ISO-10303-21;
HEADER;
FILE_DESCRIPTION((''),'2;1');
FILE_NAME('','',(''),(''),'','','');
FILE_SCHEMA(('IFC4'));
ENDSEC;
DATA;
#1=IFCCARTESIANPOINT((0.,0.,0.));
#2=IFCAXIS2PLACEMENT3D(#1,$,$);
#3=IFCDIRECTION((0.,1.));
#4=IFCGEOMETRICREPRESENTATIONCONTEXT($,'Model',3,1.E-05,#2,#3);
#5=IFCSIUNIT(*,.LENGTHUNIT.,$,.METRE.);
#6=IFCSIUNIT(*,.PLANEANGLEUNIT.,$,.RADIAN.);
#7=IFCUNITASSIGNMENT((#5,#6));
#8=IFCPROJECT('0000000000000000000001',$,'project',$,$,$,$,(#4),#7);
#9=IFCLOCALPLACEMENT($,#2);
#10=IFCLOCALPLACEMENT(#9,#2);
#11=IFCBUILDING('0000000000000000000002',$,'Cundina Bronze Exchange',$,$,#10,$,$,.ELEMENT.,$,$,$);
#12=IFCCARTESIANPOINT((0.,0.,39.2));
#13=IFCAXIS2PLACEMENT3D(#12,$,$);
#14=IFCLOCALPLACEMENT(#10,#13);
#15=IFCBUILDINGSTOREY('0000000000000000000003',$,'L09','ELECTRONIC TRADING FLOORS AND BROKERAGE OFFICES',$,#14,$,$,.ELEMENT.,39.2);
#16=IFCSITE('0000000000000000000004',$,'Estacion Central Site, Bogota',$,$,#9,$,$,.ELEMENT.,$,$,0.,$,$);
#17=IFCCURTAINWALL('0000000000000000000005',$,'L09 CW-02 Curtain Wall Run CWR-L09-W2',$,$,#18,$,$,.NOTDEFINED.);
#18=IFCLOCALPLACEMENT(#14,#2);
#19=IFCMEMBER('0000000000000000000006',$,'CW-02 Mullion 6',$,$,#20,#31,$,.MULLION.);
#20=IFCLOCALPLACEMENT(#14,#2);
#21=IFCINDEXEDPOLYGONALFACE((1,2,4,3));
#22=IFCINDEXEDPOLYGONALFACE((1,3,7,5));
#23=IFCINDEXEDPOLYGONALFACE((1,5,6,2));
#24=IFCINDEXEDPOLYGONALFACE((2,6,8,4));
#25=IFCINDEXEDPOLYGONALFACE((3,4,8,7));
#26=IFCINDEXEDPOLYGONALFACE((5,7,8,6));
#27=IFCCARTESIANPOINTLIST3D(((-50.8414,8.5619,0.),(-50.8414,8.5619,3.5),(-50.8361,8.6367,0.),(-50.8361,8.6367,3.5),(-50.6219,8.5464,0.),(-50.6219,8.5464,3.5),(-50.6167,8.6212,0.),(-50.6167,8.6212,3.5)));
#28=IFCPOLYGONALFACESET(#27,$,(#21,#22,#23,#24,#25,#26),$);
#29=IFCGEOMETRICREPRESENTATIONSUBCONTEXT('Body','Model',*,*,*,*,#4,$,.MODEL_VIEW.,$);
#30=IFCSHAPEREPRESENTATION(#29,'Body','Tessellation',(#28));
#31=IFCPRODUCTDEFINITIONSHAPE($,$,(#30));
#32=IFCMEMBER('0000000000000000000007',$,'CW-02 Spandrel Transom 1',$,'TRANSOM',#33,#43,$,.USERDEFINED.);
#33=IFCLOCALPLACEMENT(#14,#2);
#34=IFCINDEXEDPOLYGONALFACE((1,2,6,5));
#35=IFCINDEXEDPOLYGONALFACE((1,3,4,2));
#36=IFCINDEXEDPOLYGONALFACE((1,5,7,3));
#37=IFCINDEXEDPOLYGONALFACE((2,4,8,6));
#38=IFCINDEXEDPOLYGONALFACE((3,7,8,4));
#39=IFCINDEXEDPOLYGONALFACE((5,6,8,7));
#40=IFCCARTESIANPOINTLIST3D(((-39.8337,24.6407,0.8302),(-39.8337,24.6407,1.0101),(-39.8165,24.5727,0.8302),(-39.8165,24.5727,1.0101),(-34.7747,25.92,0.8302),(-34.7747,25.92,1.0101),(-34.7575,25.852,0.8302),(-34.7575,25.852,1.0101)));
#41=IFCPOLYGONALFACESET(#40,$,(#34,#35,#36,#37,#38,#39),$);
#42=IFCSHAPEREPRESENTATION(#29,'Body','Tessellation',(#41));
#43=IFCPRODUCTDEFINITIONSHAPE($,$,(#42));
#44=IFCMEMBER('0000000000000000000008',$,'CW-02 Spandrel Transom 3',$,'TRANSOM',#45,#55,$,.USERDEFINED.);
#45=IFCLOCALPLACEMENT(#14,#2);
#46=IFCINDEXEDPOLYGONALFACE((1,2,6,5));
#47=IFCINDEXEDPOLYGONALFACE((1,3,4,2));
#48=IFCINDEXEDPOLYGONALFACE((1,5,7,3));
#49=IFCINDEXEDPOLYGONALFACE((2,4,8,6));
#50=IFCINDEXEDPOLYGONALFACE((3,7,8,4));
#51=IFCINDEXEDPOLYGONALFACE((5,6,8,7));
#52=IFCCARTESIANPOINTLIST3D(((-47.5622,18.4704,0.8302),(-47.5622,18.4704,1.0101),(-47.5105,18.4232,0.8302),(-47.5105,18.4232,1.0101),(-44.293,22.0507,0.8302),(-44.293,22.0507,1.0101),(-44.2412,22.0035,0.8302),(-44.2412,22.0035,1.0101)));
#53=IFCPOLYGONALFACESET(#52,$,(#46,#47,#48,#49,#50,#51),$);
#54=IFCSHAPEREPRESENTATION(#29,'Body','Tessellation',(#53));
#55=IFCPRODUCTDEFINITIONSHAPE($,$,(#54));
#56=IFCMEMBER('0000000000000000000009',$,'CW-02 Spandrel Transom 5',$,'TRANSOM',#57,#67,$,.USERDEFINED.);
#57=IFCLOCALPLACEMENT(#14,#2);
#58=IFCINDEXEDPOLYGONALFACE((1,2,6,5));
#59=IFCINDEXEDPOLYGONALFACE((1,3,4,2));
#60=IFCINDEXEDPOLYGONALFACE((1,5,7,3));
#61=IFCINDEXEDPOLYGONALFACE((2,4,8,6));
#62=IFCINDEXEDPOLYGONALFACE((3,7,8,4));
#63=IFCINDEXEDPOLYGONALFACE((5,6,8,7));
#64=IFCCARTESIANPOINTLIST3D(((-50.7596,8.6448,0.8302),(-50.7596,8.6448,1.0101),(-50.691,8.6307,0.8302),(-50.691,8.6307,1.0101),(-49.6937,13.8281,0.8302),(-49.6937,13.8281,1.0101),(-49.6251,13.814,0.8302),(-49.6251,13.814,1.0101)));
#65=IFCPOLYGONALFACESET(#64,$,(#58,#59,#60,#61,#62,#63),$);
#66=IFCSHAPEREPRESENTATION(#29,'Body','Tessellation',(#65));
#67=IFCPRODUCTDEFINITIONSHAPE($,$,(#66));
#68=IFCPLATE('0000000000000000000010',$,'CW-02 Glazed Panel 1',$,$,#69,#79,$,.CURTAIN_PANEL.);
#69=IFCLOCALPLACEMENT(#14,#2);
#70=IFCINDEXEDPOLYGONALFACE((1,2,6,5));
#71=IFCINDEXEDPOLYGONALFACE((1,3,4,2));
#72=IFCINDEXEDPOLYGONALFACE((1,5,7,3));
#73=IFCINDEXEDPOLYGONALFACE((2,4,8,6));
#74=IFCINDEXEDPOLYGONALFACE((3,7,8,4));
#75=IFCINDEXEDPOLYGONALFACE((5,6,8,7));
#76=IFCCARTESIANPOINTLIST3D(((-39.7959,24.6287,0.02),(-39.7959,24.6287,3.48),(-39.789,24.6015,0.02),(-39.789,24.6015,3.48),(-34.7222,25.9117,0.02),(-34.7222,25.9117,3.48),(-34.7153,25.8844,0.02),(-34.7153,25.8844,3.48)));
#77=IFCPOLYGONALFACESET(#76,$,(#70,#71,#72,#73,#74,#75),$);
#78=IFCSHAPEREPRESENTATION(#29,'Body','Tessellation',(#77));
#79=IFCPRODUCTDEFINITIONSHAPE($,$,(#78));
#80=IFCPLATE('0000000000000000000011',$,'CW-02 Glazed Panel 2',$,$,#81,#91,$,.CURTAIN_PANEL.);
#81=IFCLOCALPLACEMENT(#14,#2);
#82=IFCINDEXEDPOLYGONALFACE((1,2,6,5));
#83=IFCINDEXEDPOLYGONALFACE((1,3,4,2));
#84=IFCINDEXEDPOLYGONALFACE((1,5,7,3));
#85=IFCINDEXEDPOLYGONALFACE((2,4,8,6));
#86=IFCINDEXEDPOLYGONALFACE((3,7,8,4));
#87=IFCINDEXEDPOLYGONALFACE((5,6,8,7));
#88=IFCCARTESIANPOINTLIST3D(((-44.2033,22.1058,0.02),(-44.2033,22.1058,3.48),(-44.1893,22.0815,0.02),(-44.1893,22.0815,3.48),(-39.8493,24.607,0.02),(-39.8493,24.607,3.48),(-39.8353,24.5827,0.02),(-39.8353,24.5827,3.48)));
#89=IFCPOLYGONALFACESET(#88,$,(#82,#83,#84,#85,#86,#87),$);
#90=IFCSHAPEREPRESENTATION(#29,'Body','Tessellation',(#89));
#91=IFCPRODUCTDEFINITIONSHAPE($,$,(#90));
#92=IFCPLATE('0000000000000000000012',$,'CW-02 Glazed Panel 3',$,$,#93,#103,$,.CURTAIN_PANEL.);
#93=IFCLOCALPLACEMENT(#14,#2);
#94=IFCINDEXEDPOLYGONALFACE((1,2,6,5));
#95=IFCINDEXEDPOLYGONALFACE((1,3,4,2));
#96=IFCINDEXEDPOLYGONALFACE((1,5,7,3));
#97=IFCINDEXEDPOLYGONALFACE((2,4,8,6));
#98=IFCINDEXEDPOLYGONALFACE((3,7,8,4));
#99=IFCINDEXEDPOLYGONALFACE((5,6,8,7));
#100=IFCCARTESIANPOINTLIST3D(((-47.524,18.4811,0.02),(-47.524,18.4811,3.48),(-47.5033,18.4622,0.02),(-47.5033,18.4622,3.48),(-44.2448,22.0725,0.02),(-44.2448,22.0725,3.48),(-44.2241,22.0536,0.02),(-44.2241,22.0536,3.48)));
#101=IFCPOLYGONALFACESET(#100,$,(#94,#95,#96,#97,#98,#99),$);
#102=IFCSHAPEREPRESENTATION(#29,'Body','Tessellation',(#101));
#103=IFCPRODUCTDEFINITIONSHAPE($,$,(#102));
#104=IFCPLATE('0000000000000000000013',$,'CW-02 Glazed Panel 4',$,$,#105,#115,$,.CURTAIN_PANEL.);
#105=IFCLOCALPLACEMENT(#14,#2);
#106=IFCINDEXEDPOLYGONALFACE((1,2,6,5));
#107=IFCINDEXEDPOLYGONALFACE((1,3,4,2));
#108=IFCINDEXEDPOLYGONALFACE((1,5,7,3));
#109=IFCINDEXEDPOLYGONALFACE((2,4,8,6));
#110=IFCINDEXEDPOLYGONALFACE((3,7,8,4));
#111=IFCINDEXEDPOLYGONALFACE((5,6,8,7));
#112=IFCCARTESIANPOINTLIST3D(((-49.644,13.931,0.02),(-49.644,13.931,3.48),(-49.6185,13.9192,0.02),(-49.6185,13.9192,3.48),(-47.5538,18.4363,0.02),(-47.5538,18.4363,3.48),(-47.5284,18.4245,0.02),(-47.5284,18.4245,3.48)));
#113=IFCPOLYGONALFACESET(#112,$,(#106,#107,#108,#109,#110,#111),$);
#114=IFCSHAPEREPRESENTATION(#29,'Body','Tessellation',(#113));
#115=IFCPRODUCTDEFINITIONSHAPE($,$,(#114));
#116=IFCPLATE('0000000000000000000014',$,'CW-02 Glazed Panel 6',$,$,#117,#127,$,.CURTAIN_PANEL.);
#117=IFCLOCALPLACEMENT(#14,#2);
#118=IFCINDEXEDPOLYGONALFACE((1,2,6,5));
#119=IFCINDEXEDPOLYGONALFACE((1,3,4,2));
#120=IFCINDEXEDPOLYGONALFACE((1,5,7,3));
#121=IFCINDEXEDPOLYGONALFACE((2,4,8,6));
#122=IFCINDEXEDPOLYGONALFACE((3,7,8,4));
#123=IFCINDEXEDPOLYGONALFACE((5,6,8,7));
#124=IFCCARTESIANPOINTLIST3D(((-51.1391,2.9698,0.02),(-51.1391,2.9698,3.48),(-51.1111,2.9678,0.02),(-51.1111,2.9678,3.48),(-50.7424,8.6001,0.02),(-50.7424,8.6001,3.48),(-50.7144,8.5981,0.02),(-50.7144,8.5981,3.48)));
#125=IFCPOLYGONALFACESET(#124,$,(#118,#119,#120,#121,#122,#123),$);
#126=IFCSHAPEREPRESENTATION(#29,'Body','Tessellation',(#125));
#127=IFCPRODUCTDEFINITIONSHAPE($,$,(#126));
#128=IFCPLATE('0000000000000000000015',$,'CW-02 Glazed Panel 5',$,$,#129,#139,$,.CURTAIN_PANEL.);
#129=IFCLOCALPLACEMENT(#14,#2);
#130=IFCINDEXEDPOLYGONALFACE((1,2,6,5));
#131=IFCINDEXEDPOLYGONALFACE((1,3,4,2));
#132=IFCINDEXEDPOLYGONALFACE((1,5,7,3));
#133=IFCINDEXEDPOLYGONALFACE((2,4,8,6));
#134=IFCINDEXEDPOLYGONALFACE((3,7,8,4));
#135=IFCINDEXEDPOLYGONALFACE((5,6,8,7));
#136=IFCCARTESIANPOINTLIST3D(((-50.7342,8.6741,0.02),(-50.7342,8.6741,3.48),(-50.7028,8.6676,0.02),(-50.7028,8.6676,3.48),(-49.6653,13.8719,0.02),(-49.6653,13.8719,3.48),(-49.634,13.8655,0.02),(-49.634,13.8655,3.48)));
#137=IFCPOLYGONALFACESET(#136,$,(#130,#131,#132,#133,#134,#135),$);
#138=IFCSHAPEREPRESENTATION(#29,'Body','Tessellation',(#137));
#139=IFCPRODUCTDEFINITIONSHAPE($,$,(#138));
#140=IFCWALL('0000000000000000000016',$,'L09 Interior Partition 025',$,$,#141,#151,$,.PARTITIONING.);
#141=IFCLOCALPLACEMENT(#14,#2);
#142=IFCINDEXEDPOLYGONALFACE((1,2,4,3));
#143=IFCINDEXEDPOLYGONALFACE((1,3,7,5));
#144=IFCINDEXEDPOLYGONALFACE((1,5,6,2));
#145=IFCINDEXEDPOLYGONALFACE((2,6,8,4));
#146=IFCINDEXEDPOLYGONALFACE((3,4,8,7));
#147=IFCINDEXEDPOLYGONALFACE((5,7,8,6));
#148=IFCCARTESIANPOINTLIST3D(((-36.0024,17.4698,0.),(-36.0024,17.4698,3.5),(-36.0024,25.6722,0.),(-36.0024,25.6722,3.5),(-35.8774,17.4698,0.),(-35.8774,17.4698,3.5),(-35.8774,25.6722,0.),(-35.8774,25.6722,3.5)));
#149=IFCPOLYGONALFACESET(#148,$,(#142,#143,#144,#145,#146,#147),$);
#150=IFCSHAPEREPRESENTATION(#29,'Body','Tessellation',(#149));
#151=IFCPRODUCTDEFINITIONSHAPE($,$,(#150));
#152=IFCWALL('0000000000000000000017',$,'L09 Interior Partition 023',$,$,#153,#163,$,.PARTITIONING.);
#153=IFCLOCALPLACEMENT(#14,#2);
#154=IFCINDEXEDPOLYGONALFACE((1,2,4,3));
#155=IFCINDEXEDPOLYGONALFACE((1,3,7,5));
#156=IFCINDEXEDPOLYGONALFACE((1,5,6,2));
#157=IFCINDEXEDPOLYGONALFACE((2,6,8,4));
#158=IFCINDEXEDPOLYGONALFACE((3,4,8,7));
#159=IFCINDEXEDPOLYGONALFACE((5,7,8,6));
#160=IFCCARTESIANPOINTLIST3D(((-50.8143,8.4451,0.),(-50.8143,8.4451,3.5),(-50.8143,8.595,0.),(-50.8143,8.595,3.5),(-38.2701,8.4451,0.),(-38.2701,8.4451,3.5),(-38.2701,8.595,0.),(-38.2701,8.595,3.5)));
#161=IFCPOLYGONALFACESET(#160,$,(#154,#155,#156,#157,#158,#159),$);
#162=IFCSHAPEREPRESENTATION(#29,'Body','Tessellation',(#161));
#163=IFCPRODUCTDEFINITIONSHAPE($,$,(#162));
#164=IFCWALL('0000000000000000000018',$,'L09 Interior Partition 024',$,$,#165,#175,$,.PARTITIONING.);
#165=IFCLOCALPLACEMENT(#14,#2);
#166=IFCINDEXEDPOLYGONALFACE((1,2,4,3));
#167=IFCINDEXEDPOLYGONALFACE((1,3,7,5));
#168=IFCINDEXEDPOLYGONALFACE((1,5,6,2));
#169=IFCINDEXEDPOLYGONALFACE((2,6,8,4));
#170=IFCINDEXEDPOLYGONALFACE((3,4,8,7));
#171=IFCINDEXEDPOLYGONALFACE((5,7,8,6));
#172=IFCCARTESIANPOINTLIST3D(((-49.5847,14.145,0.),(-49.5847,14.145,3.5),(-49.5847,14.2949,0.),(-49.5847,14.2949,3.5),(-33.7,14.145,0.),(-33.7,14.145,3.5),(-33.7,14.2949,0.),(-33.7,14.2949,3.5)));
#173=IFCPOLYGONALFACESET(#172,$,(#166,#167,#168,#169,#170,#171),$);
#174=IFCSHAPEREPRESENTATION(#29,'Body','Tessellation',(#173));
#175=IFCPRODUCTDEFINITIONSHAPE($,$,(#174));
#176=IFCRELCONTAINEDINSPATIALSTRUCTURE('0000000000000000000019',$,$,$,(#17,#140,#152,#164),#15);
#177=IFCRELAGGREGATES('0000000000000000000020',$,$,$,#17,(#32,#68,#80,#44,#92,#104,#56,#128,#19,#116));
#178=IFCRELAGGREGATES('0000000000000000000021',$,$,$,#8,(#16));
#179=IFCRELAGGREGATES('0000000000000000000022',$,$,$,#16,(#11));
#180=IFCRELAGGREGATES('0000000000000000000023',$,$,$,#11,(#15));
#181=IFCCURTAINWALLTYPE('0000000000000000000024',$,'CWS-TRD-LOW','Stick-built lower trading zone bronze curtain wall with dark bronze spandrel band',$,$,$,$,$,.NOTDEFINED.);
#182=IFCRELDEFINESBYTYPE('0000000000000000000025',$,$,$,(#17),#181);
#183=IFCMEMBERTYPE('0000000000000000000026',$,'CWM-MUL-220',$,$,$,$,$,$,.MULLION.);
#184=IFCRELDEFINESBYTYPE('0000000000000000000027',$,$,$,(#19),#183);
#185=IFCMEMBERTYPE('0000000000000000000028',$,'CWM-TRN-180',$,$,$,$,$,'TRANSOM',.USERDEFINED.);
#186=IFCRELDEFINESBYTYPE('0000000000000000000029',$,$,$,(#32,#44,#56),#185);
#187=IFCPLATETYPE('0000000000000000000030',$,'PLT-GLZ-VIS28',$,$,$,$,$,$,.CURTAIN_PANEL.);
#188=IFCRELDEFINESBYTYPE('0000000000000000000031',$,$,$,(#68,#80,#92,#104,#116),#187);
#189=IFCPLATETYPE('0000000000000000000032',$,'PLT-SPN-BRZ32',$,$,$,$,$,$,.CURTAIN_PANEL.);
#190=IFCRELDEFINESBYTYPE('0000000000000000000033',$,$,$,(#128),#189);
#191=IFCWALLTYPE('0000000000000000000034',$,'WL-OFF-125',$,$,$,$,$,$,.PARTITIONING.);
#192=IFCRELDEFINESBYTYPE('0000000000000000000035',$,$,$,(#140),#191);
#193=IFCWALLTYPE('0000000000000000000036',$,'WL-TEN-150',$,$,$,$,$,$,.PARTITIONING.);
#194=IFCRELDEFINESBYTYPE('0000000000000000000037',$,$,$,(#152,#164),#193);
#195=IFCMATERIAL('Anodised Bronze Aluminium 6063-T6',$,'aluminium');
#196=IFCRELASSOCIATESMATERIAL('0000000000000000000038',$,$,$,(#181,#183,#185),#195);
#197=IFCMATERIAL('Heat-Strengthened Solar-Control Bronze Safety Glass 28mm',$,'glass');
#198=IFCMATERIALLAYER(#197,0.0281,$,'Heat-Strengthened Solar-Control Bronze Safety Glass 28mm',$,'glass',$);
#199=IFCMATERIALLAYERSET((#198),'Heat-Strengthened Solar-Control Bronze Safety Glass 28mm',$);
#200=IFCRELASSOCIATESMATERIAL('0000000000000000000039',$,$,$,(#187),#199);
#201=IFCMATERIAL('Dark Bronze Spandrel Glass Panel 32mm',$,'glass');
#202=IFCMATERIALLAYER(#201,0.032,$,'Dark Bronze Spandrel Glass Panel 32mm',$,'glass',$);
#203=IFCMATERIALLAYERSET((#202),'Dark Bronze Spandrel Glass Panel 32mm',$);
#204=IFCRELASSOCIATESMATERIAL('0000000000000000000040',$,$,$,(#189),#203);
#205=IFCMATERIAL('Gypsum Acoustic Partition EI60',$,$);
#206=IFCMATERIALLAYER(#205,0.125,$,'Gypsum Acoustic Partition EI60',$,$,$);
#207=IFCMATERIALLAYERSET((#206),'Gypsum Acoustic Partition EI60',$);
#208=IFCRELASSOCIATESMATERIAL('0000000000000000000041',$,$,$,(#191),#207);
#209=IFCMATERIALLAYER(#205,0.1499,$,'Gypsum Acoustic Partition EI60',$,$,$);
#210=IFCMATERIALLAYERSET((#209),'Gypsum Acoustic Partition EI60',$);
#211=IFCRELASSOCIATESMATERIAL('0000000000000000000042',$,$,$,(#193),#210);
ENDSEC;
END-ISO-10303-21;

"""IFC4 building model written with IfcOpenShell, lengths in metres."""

from ifc_helpers import new_model, si_unit, direction, frame, frame_2d, origin, origin_2d, place, context, subcontext, project, spatial, rectangle, extrude, material, layer, layer_set, material_profile, profile_set, type_object, element, aggregate, save


model = new_model("IFC4")

# Units and contexts
model_context = context("Model", 3, precision=1e-05, world=origin(), true_north=direction((0.0, 1.0)))
body_context = subcontext(model_context, "Body", "Model", "MODEL_VIEW")
ifc_project = project(units=[si_unit("LENGTHUNIT", "METRE"), si_unit("PLANEANGLEUNIT", "RADIAN")], contexts=[model_context])

# Site, building, storey
site_placement = place(None, origin())
site = spatial("IfcSite", under=ifc_project, at=site_placement, Name="Estacion Central Site, Bogota", CompositionType="ELEMENT", RefElevation=0.0)
building_placement = place(site_placement, origin())
building = spatial("IfcBuilding", under=site, at=building_placement, Name="Cundina Bronze Exchange", CompositionType="ELEMENT")
storey_placement = place(building_placement, frame((0.0, 0.0, 39.2)))
storey = spatial("IfcBuildingStorey", under=building, at=storey_placement, Name="L09", Description="ELECTRONIC TRADING FLOORS AND BROKERAGE OFFICES", CompositionType="ELEMENT", Elevation=39.2)

# Curtain wall, members, plates
ifc_material_1 = material(Name="Anodised Bronze Aluminium 6063-T6", Category="aluminium")
curtain_wall_type = type_object("IfcCurtainWallType", Name="CWS-TRD-LOW", Description="Stick-built lower trading zone bronze curtain wall with dark bronze spandrel band", PredefinedType="NOTDEFINED", material=ifc_material_1)
curtain_wall_placement = place(storey_placement, origin())
curtain_wall = element("IfcCurtainWall", 1, at=curtain_wall_placement, inside=storey, type_object=curtain_wall_type, Name="L09 CW-02 Curtain Wall Run CWR-L09-W2", PredefinedType="NOTDEFINED")
ifc_material_profile_1 = material_profile(ifc_material_1, rectangle(XDim=0.075, YDim=0.22, at=origin_2d()), Name="AL75X220", Category="aluminium")
ifc_profile_set_1 = profile_set([ifc_material_profile_1], Name="Anodised Bronze Aluminium 6063-T6")
member_type_1 = type_object("IfcMemberType", Name="CWM-MUL-220", PredefinedType="MULLION", material=ifc_profile_set_1)
member_1_placement = place(storey_placement, frame((-50.729, 8.5916, 0.0), z_axis=(0.0, 0.0, 1.0), x_axis=(-0.070279, -0.997527, 0.0)))
member_1 = element("IfcMember", 2, at=member_1_placement, type_object=member_type_1, Name="CW-02 Mullion 6", PredefinedType="MULLION", context=body_context, shape_type="SweptSolid", body=[
    extrude(rectangle(XDim=0.075, YDim=0.22, at=origin_2d()), origin(), (0.0, 0.0, 1.0), 3.5),
])
ifc_material_profile_2 = material_profile(ifc_material_1, rectangle(XDim=0.0701, YDim=0.1799, at=origin_2d()), Name="AL70X180", Category="aluminium")
ifc_profile_set_2 = profile_set([ifc_material_profile_2], Name="Anodised Bronze Aluminium 6063-T6")
member_type_2 = type_object("IfcMemberType", Name="CWM-TRN-180", ElementType="TRANSOM", PredefinedType="USERDEFINED", material=ifc_profile_set_2)
member_2_placement = place(storey_placement, frame((-34.7661, 25.886, 0.9202), z_axis=(-0.969484, -0.245155, 0.0), x_axis=(0.245155, -0.969484, 0.0)))
member_2 = element("IfcMember", 3, at=member_2_placement, type_object=member_type_2, Name="CW-02 Spandrel Transom 1", ObjectType="TRANSOM", PredefinedType="USERDEFINED", context=body_context, shape_type="SweptSolid", body=[
    extrude(rectangle(XDim=0.0701, YDim=0.1799, at=origin_2d()), origin(), (0.0, 0.0, 1.0), 5.2183),
])
member_3_placement = place(storey_placement, frame((-44.2671, 22.0271, 0.9202), z_axis=(-0.674303, -0.738455, 0.0), x_axis=(0.738455, -0.674303, 0.0)))
member_3 = element("IfcMember", 4, at=member_3_placement, type_object=member_type_2, Name="CW-02 Spandrel Transom 3", ObjectType="TRANSOM", PredefinedType="USERDEFINED", context=body_context, shape_type="SweptSolid", body=[
    extrude(rectangle(XDim=0.0701, YDim=0.1799, at=origin_2d()), origin(), (0.0, 0.0, 1.0), 4.8484),
])
member_4_placement = place(storey_placement, frame((-49.6594, 13.821, 0.9202), z_axis=(-0.201428, -0.979503, 0.0), x_axis=(0.979503, -0.201428, 0.0)))
member_4 = element("IfcMember", 5, at=member_4_placement, type_object=member_type_2, Name="CW-02 Spandrel Transom 5", ObjectType="TRANSOM", PredefinedType="USERDEFINED", context=body_context, shape_type="SweptSolid", body=[
    extrude(rectangle(XDim=0.0701, YDim=0.1799, at=origin_2d()), origin(), (0.0, 0.0, 1.0), 5.2917),
])
ifc_material_2 = material(Name="Heat-Strengthened Solar-Control Bronze Safety Glass 28mm", Category="glass")
ifc_layer_1 = layer(ifc_material_2, 0.0281, Name="Heat-Strengthened Solar-Control Bronze Safety Glass 28mm", Category="glass")
ifc_layer_set_1 = layer_set([ifc_layer_1], Name="Heat-Strengthened Solar-Control Bronze Safety Glass 28mm")
plate_type_1 = type_object("IfcPlateType", Name="PLT-GLZ-VIS28", PredefinedType="CURTAIN_PANEL", material=ifc_layer_set_1)
plate_1_placement = place(storey_placement, frame((-37.2556, 25.2566, 0.02), z_axis=(0.0, 0.0, 1.0), x_axis=(-0.969488, -0.245138, 0.0)))
plate_1 = element("IfcPlate", 6, at=plate_1_placement, type_object=plate_type_1, Name="CW-02 Glazed Panel 1", PredefinedType="CURTAIN_PANEL", context=body_context, shape_type="SweptSolid", body=[
    extrude(rectangle(XDim=5.2334, YDim=0.0281, at=origin_2d()), origin(), (0.0, 0.0, 1.0), 3.46),
])
plate_2_placement = place(storey_placement, frame((-42.0193, 23.3442, 0.02), z_axis=(0.0, 0.0, 1.0), x_axis=(-0.867105, -0.498125, 0.0)))
plate_2 = element("IfcPlate", 7, at=plate_2_placement, type_object=plate_type_1, Name="CW-02 Glazed Panel 2", PredefinedType="CURTAIN_PANEL", context=body_context, shape_type="SweptSolid", body=[
    extrude(rectangle(XDim=5.0212, YDim=0.0281, at=origin_2d()), origin(), (0.0, 0.0, 1.0), 3.46),
])
plate_3_placement = place(storey_placement, frame((-45.874, 20.2673, 0.02), z_axis=(0.0, 0.0, 1.0), x_axis=(-0.674277, -0.738479, 0.0)))
plate_3 = element("IfcPlate", 8, at=plate_3_placement, type_object=plate_type_1, Name="CW-02 Glazed Panel 3", PredefinedType="CURTAIN_PANEL", context=body_context, shape_type="SweptSolid", body=[
    extrude(rectangle(XDim=4.8633, YDim=0.0281, at=origin_2d()), origin(), (0.0, 0.0, 1.0), 3.46),
])
plate_4_placement = place(storey_placement, frame((-48.5862, 16.1777, 0.02), z_axis=(0.0, 0.0, 1.0), x_axis=(-0.420846, -0.907132, 0.0)))
plate_4 = element("IfcPlate", 9, at=plate_4_placement, type_object=plate_type_1, Name="CW-02 Glazed Panel 4", PredefinedType="CURTAIN_PANEL", context=body_context, shape_type="SweptSolid", body=[
    extrude(rectangle(XDim=4.9666, YDim=0.0281, at=origin_2d()), origin(), (0.0, 0.0, 1.0), 3.46),
])
plate_5_placement = place(storey_placement, frame((-50.9268, 5.7839, 0.02), z_axis=(0.0, 0.0, 1.0), x_axis=(-0.070279, -0.997527, 0.0)))
plate_5 = element("IfcPlate", 10, at=plate_5_placement, type_object=plate_type_1, Name="CW-02 Glazed Panel 6", PredefinedType="CURTAIN_PANEL", context=body_context, shape_type="SweptSolid", body=[
    extrude(rectangle(XDim=5.6443, YDim=0.0281, at=origin_2d()), origin(), (0.0, 0.0, 1.0), 3.46),
])
ifc_material_3 = material(Name="Dark Bronze Spandrel Glass Panel 32mm", Category="glass")
ifc_layer_2 = layer(ifc_material_3, 0.032, Name="Dark Bronze Spandrel Glass Panel 32mm", Category="glass")
ifc_layer_set_2 = layer_set([ifc_layer_2], Name="Dark Bronze Spandrel Glass Panel 32mm")
plate_type_2 = type_object("IfcPlateType", Name="PLT-SPN-BRZ32", PredefinedType="CURTAIN_PANEL", material=ifc_layer_set_2)
plate_6_placement = place(storey_placement, frame((-50.1841, 11.2698, 0.02), z_axis=(0.0, 0.0, 1.0), x_axis=(-0.20142, -0.979505, 0.0)))
plate_6 = element("IfcPlate", 11, at=plate_6_placement, type_object=plate_type_2, Name="CW-02 Glazed Panel 5", PredefinedType="CURTAIN_PANEL", context=body_context, shape_type="SweptSolid", body=[
    extrude(rectangle(XDim=5.3066, YDim=0.032, at=origin_2d()), origin(), (0.0, 0.0, 1.0), 3.46),
])
aggregate(curtain_wall, [member_2, plate_1, plate_2, member_3, plate_3, plate_4, member_4, plate_6, member_1, plate_5])

# Walls
ifc_material_4 = material(Name="Gypsum Acoustic Partition EI60")
ifc_layer_3 = layer(ifc_material_4, 0.125, Name="Gypsum Acoustic Partition EI60")
ifc_layer_set_3 = layer_set([ifc_layer_3], Name="Gypsum Acoustic Partition EI60")
wall_type_1 = type_object("IfcWallType", Name="WL-OFF-125", PredefinedType="PARTITIONING", material=ifc_layer_set_3)
wall_1_placement = place(storey_placement, frame((-35.9399, 17.47, 0.0), z_axis=(0.0, 0.0, 1.0), x_axis=(0.0, 1.0, 0.0)))
element("IfcWall", 12, at=wall_1_placement, inside=storey, type_object=wall_type_1, Name="L09 Interior Partition 025", PredefinedType="PARTITIONING", context=body_context, shape_type="SweptSolid", body=[
    extrude(rectangle(XDim=8.2024, YDim=0.125, at=frame_2d((4.1011, 0.0))), origin(), (0.0, 0.0, 1.0), 3.5),
])
ifc_layer_4 = layer(ifc_material_4, 0.1499, Name="Gypsum Acoustic Partition EI60")
ifc_layer_set_4 = layer_set([ifc_layer_4], Name="Gypsum Acoustic Partition EI60")
wall_type_2 = type_object("IfcWallType", Name="WL-TEN-150", PredefinedType="PARTITIONING", material=ifc_layer_set_4)
wall_2_placement = place(storey_placement, frame((-50.8142, 8.52, 0.0), z_axis=(0.0, 0.0, 1.0), x_axis=(1.0, 0.0, 0.0)))
element("IfcWall", 13, at=wall_2_placement, inside=storey, type_object=wall_type_2, Name="L09 Interior Partition 023", PredefinedType="PARTITIONING", context=body_context, shape_type="SweptSolid", body=[
    extrude(rectangle(XDim=12.5442, YDim=0.1499, at=frame_2d((6.272, 0.0))), origin(), (0.0, 0.0, 1.0), 3.5),
])
wall_3_placement = place(storey_placement, frame((-49.5847, 14.22, 0.0), z_axis=(0.0, 0.0, 1.0), x_axis=(1.0, 0.0, 0.0)))
element("IfcWall", 14, at=wall_3_placement, inside=storey, type_object=wall_type_2, Name="L09 Interior Partition 024", PredefinedType="PARTITIONING", context=body_context, shape_type="SweptSolid", body=[
    extrude(rectangle(XDim=15.8848, YDim=0.1499, at=frame_2d((7.9424, 0.0))), origin(), (0.0, 0.0, 1.0), 3.5),
])

save(model, "model.ifc")
